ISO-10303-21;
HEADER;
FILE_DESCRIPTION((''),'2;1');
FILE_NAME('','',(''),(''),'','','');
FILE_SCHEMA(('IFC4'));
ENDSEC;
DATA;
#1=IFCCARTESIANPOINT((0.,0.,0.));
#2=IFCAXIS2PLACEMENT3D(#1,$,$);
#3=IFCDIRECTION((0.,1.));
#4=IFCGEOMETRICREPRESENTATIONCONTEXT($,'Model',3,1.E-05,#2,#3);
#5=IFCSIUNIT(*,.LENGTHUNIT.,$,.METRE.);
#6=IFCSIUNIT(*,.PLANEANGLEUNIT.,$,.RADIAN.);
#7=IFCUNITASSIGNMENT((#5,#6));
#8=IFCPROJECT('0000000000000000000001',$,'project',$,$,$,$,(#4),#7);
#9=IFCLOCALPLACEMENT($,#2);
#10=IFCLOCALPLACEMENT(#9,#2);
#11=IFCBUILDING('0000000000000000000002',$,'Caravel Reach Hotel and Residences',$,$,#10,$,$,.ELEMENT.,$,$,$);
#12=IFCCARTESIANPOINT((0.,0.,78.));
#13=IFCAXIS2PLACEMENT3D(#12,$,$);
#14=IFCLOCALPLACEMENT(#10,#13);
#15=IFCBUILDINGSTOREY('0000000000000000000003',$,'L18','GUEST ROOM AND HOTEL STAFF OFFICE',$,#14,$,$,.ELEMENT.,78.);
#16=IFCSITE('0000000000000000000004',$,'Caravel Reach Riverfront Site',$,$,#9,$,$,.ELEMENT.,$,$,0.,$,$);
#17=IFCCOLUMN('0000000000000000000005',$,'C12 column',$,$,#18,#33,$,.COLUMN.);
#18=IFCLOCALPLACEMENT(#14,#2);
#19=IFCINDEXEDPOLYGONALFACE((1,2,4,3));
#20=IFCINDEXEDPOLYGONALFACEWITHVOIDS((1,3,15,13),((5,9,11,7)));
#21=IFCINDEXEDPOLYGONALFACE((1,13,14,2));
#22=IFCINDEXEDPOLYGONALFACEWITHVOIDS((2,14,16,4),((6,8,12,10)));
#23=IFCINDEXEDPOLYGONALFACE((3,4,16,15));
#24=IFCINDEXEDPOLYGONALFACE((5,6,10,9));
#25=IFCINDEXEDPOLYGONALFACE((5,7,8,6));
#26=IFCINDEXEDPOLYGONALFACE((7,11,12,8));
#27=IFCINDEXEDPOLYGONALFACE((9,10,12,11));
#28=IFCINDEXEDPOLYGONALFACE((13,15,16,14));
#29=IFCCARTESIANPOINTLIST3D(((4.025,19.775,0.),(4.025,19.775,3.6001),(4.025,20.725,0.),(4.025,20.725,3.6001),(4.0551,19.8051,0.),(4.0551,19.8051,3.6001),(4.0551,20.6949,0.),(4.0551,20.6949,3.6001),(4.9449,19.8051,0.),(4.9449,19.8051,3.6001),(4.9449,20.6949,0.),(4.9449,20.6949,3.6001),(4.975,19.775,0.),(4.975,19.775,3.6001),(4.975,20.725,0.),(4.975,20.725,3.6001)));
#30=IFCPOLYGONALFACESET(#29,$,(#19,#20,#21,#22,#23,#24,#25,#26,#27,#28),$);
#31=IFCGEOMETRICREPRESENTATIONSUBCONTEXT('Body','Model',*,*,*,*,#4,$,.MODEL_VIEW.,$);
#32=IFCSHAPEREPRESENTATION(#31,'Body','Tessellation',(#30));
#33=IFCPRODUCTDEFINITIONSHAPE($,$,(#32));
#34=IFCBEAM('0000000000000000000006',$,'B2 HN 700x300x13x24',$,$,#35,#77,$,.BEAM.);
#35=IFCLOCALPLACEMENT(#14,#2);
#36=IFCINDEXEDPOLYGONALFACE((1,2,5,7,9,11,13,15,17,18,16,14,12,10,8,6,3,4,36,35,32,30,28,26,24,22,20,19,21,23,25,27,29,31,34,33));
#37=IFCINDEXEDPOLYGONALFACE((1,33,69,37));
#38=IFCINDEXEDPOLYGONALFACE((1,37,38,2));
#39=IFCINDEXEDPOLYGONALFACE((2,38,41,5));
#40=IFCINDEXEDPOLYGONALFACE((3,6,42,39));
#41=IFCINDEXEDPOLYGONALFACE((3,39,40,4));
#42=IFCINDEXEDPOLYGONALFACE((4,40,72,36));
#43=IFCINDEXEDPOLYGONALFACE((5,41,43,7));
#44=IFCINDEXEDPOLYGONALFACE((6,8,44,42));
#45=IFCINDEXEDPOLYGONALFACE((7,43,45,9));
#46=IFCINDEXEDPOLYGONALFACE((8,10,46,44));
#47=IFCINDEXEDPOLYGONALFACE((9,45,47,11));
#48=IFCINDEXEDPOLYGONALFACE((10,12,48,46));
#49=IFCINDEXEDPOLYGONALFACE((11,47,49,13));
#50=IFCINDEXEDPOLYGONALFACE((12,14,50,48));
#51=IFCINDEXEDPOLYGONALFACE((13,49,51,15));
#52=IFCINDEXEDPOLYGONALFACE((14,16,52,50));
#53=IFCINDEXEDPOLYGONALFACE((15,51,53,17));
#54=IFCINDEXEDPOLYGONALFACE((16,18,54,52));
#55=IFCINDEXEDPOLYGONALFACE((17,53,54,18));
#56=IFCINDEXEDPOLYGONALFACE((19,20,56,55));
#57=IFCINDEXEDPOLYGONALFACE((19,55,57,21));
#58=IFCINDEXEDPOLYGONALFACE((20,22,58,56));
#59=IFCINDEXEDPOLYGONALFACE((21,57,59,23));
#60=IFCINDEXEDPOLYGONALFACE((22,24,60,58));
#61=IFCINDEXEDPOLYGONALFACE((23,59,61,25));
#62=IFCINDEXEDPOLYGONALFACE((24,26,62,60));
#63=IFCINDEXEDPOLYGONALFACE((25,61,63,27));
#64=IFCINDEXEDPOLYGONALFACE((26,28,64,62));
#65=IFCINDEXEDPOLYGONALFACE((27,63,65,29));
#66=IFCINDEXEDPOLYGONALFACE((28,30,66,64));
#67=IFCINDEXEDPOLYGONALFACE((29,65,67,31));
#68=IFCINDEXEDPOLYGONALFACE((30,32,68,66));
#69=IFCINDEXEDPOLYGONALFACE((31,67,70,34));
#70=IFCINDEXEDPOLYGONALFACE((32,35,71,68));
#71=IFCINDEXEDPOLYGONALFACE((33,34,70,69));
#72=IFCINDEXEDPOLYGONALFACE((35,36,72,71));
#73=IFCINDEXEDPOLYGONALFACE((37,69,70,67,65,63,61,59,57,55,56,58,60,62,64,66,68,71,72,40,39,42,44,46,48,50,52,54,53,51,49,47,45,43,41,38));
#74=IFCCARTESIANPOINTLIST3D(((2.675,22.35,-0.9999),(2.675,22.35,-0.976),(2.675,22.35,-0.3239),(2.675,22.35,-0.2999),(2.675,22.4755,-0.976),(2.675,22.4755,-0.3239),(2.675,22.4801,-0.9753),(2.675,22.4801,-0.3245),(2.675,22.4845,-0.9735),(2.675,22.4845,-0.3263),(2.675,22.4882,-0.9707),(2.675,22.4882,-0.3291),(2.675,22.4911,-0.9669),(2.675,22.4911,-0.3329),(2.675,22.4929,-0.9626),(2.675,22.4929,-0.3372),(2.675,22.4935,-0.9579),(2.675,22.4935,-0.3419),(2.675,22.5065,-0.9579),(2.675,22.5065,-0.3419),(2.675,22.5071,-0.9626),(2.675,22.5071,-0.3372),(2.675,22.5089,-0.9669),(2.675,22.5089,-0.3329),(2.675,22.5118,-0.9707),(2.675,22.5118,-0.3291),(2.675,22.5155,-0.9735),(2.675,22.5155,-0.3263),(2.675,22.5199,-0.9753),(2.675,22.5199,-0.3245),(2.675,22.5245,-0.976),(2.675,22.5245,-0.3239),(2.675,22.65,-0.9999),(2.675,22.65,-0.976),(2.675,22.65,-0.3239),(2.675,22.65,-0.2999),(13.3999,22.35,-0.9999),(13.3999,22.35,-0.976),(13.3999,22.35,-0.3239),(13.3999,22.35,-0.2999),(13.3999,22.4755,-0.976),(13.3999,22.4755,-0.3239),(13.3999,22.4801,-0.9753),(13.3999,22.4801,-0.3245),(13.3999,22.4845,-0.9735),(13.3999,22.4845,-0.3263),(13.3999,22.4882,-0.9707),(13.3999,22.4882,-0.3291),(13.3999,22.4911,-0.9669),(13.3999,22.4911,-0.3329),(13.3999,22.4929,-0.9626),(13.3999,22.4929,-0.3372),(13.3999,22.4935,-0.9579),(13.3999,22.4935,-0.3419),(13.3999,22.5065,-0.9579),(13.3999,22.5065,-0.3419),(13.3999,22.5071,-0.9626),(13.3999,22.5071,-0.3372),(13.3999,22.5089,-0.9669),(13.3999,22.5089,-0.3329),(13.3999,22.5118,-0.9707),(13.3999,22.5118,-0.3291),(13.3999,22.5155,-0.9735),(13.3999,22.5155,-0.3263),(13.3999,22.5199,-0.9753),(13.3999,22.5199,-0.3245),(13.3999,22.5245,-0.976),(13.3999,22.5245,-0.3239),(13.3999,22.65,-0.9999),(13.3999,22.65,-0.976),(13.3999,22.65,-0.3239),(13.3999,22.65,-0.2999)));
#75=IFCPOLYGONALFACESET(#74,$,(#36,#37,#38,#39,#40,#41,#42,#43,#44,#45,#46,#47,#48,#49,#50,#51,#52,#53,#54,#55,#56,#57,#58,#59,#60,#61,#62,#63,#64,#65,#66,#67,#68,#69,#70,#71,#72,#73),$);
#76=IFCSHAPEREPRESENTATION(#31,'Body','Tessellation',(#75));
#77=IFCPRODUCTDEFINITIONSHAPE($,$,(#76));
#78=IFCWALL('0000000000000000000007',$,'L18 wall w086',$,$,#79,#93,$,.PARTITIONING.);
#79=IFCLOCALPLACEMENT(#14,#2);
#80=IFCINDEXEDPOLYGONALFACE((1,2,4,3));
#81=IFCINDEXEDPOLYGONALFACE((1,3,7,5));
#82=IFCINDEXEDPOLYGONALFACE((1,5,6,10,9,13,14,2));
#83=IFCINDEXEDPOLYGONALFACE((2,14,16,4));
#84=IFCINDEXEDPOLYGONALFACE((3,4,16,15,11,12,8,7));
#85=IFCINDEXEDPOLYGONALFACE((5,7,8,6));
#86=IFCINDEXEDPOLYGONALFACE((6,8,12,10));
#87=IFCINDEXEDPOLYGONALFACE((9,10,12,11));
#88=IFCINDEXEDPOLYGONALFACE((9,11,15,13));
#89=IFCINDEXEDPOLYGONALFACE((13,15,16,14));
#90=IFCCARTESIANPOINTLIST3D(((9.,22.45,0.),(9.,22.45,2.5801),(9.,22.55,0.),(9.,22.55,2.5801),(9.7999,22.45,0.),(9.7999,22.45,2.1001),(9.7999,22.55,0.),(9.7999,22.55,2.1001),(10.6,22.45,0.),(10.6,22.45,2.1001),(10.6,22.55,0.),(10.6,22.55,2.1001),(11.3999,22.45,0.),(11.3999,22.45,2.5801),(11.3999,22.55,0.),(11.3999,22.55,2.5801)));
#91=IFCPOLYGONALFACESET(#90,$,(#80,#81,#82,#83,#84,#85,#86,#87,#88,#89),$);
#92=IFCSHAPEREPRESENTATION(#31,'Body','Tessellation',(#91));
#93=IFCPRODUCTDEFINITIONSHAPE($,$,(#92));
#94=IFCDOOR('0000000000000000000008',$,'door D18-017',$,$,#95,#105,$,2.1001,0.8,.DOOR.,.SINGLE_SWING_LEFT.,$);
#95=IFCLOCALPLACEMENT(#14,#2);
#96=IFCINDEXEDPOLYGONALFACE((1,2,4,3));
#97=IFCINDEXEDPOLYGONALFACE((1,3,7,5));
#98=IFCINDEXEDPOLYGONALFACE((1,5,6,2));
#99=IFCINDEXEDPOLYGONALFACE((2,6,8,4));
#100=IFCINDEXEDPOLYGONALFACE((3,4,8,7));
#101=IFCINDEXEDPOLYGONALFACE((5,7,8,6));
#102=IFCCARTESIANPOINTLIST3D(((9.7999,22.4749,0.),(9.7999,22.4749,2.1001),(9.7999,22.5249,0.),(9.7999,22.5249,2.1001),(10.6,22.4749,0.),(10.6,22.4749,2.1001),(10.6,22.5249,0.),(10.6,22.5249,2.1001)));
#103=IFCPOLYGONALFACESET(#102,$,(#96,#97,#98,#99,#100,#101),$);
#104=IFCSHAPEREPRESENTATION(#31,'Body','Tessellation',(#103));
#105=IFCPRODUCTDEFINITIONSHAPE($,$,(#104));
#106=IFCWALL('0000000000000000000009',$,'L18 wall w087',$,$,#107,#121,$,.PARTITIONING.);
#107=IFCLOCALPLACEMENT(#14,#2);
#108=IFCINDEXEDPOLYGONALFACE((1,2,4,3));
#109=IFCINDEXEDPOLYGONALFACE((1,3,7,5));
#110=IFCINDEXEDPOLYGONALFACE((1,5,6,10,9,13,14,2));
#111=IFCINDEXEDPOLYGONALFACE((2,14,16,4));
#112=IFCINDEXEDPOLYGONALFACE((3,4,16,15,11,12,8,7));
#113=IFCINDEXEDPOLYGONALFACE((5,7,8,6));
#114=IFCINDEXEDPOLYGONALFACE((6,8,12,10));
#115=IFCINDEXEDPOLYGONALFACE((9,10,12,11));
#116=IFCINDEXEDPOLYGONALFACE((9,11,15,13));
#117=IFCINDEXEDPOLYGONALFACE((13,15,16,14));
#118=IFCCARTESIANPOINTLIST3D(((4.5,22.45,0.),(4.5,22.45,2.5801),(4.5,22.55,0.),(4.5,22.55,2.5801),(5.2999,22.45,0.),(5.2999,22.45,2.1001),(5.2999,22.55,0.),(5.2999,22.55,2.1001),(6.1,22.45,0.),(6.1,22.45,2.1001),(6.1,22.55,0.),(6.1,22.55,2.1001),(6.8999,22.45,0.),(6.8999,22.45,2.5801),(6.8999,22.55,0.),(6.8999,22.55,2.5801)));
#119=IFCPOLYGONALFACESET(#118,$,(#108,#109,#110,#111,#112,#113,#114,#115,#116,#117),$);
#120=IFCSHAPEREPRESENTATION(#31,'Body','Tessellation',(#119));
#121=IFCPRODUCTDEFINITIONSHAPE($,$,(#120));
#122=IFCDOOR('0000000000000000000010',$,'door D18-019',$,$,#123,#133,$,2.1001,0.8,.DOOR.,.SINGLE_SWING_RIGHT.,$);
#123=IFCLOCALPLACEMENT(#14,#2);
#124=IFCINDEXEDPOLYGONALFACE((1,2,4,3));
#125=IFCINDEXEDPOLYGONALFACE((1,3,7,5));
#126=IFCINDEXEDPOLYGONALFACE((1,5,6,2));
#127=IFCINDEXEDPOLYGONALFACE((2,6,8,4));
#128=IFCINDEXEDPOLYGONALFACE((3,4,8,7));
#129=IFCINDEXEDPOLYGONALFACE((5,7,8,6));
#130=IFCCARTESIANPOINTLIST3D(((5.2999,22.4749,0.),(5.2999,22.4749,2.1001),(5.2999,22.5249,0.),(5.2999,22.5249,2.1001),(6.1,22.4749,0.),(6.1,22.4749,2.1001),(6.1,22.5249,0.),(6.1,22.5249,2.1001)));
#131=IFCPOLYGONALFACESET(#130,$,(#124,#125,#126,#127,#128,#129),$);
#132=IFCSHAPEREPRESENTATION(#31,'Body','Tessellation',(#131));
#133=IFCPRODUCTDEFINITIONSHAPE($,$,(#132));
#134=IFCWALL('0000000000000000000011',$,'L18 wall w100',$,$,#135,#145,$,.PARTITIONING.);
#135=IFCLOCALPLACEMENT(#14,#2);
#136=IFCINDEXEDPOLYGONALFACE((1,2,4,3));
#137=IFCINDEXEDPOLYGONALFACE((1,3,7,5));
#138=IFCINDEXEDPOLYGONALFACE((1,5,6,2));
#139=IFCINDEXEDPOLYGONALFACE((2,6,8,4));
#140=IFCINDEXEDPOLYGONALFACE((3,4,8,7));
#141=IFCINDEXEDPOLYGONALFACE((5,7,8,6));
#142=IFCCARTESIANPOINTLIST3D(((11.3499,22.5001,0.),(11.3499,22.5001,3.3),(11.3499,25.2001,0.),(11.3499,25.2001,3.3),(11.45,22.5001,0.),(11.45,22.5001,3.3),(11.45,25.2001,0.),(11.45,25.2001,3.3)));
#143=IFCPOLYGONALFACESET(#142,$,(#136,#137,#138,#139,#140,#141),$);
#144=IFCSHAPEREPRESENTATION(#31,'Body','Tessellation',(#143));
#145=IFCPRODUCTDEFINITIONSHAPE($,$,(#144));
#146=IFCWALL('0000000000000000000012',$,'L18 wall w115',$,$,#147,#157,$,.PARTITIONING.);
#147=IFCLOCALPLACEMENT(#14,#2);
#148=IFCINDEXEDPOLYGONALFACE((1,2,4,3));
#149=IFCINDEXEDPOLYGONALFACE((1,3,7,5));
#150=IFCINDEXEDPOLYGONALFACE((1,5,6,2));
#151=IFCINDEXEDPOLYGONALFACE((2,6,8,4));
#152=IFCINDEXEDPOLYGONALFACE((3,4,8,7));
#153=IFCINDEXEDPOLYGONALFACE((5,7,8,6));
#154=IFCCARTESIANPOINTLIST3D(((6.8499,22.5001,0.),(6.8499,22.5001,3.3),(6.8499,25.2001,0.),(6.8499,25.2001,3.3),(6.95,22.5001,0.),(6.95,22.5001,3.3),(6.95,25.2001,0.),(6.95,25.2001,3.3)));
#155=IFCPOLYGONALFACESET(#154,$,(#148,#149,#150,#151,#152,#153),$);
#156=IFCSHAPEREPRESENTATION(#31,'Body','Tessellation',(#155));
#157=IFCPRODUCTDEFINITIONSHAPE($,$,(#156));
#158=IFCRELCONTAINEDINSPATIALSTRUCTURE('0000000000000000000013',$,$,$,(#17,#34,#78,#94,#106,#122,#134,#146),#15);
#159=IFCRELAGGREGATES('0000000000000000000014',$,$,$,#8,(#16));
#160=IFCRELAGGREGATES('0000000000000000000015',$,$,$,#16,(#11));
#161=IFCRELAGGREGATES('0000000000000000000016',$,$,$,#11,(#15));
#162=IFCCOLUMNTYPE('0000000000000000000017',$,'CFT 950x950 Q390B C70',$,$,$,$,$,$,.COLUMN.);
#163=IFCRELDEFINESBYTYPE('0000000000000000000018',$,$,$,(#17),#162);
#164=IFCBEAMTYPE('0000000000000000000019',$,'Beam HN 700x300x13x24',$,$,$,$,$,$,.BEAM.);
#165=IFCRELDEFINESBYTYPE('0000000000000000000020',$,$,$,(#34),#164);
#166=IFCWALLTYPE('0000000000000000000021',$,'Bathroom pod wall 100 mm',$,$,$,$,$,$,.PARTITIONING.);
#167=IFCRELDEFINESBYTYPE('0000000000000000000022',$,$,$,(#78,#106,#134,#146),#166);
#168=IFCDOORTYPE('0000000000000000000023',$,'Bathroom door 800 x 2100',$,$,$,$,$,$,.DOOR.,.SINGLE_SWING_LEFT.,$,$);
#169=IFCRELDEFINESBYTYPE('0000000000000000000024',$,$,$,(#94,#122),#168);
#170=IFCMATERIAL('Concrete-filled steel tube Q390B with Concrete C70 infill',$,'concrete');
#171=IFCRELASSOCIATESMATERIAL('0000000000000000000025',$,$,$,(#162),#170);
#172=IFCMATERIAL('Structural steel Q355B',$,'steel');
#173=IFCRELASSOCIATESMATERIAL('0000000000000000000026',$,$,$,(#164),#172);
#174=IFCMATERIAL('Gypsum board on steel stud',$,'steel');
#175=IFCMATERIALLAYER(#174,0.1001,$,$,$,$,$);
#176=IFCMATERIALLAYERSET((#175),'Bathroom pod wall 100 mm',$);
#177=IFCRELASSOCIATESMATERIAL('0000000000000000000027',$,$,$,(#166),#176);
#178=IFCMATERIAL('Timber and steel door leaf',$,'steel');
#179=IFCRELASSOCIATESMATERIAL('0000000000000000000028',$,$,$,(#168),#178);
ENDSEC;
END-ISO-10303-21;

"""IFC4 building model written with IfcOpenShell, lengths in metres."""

from ifc_helpers import new_model, si_unit, direction, frame, frame_2d, origin, origin_2d, place, context, subcontext, project, spatial, rectangle, hollow_rectangle, i_section, extrude, material, layer, layer_set, material_profile, profile_set, type_object, element, fill, save


model = new_model("IFC4")

# Units and contexts
model_context = context("Model", 3, precision=1e-05, world=origin(), true_north=direction((0.0, 1.0)))
body_context = subcontext(model_context, "Body", "Model", "MODEL_VIEW")
ifc_project = project(units=[si_unit("LENGTHUNIT", "METRE"), si_unit("PLANEANGLEUNIT", "RADIAN")], contexts=[model_context])

# Site, building, storey
site_placement = place(None, origin())
site = spatial("IfcSite", under=ifc_project, at=site_placement, Name="Caravel Reach Riverfront Site", CompositionType="ELEMENT", RefElevation=0.0)
building_placement = place(site_placement, origin())
building = spatial("IfcBuilding", under=site, at=building_placement, Name="Caravel Reach Hotel and Residences", CompositionType="ELEMENT")
storey_placement = place(building_placement, frame((0.0, 0.0, 78.0)))
storey = spatial("IfcBuildingStorey", under=building, at=storey_placement, Name="L18", Description="GUEST ROOM AND HOTEL STAFF OFFICE", CompositionType="ELEMENT", Elevation=78.0)

# Column
ifc_material_1 = material(Name="Concrete-filled steel tube Q390B with Concrete C70 infill", Category="concrete")
ifc_material_profile_1 = material_profile(ifc_material_1, hollow_rectangle(XDim=0.95, YDim=0.95, WallThickness=0.03, at=origin_2d()), Name="RHS 950x950x30")
ifc_profile_set_1 = profile_set([ifc_material_profile_1], Name="Concrete-filled steel tube Q390B with Concrete C70 infill")
column_type = type_object("IfcColumnType", Name="CFT 950x950 Q390B C70", PredefinedType="COLUMN", material=ifc_profile_set_1)
column_placement = place(storey_placement, frame((4.5, 20.25, 0.0), z_axis=(0.0, 0.0, 1.0), x_axis=(1.0, 0.0, 0.0)))
element("IfcColumn", 1, at=column_placement, inside=storey, type_object=column_type, Name="C12 column", PredefinedType="COLUMN", context=body_context, shape_type="SweptSolid", body=[
    extrude(hollow_rectangle(XDim=0.95, YDim=0.95, WallThickness=0.03, at=origin_2d()), origin(), (0.0, 0.0, 1.0), 3.6001),
])

# Beam
ifc_material_2 = material(Name="Structural steel Q355B", Category="steel")
ifc_material_profile_2 = material_profile(ifc_material_2, i_section(OverallWidth=0.3, OverallDepth=0.7, WebThickness=0.0129, FlangeThickness=0.0239, FilletRadius=0.0181, at=origin_2d()), Name="HN 700x300x13x24")
ifc_profile_set_2 = profile_set([ifc_material_profile_2], Name="Structural steel Q355B")
beam_type = type_object("IfcBeamType", Name="Beam HN 700x300x13x24", PredefinedType="BEAM", material=ifc_profile_set_2)
beam_placement = place(storey_placement, frame((13.3999, 22.5, -0.6499), z_axis=(-1.0, 0.0, 0.0), x_axis=(0.0, -1.0, 0.0)))
element("IfcBeam", 2, at=beam_placement, inside=storey, type_object=beam_type, Name="B2 HN 700x300x13x24", PredefinedType="BEAM", context=body_context, shape_type="SweptSolid", body=[
    extrude(i_section(OverallWidth=0.3, OverallDepth=0.7, WebThickness=0.0129, FlangeThickness=0.0239, FilletRadius=0.0181, at=origin_2d()), origin(), (0.0, 0.0, 1.0), 10.7249),
])

# Walls, openings, doors
ifc_material_3 = material(Name="Gypsum board on steel stud", Category="steel")
ifc_layer_1 = layer(ifc_material_3, 0.1001)
ifc_layer_set_1 = layer_set([ifc_layer_1], Name="Bathroom pod wall 100 mm")
wall_type_1 = type_object("IfcWallType", Name="Bathroom pod wall 100 mm", PredefinedType="PARTITIONING", material=ifc_layer_set_1)
wall_1_placement = place(storey_placement, frame((9.0, 22.5, 0.0), z_axis=(0.0, 0.0, 1.0), x_axis=(1.0, 0.0, 0.0)))
wall_1 = element("IfcWall", 3, at=wall_1_placement, inside=storey, type_object=wall_type_1, Name="L18 wall w086", PredefinedType="PARTITIONING", context=body_context, shape_type="SweptSolid", body=[
    extrude(rectangle(XDim=2.3999, YDim=0.1001, at=frame_2d((1.2, 0.0))), origin(), (0.0, 0.0, 1.0), 2.5801),
])
opening_1_placement = place(wall_1_placement, frame((0.8, 0.0, 0.0)))
opening_1 = element("IfcOpeningElement", 4, at=opening_1_placement, cuts=wall_1, PredefinedType="OPENING", context=body_context, shape_type="SweptSolid", body=[
    extrude(rectangle(XDim=0.8, YDim=2.1001, at=frame_2d((0.3999, 1.05))), frame((0.0, 0.0601, 0.0), z_axis=(0.0, -1.0, 0.0), x_axis=(1.0, 0.0, 0.0)), (0.0, 0.0, 1.0), 0.1201),
])
ifc_material_4 = material(Name="Timber and steel door leaf", Category="steel")
door_type_1 = type_object("IfcDoorType", Name="Bathroom door 800 x 2100", OperationType="SINGLE_SWING_LEFT", PredefinedType="DOOR", material=ifc_material_4)
door_1_placement = place(opening_1_placement, origin())
door_1 = element("IfcDoor", 5, at=door_1_placement, inside=storey, type_object=door_type_1, Name="door D18-017", OperationType="SINGLE_SWING_LEFT", OverallHeight=2.1001, OverallWidth=0.8, PredefinedType="DOOR", context=body_context, shape_type="SweptSolid", body=[
    extrude(rectangle(XDim=0.8, YDim=2.1001, at=frame_2d((0.3999, 1.05))), frame((0.0, 0.0249, 0.0), z_axis=(0.0, -1.0, 0.0), x_axis=(1.0, 0.0, 0.0)), (0.0, 0.0, 1.0), 0.05),
])
fill(opening_1, door_1)
wall_2_placement = place(storey_placement, frame((4.5, 22.5, 0.0), z_axis=(0.0, 0.0, 1.0), x_axis=(1.0, 0.0, 0.0)))
wall_2 = element("IfcWall", 6, at=wall_2_placement, inside=storey, type_object=wall_type_1, Name="L18 wall w087", PredefinedType="PARTITIONING", context=body_context, shape_type="SweptSolid", body=[
    extrude(rectangle(XDim=2.3999, YDim=0.1001, at=frame_2d((1.2, 0.0))), origin(), (0.0, 0.0, 1.0), 2.5801),
])
opening_2_placement = place(wall_2_placement, frame((0.8, 0.0, 0.0)))
opening_2 = element("IfcOpeningElement", 7, at=opening_2_placement, cuts=wall_2, PredefinedType="OPENING", context=body_context, shape_type="SweptSolid", body=[
    extrude(rectangle(XDim=0.8, YDim=2.1001, at=frame_2d((0.3999, 1.05))), frame((0.0, 0.0601, 0.0), z_axis=(0.0, -1.0, 0.0), x_axis=(1.0, 0.0, 0.0)), (0.0, 0.0, 1.0), 0.1201),
])
door_2_placement = place(opening_2_placement, origin())
door_2 = element("IfcDoor", 8, at=door_2_placement, inside=storey, type_object=door_type_1, Name="door D18-019", OperationType="SINGLE_SWING_RIGHT", OverallHeight=2.1001, OverallWidth=0.8, PredefinedType="DOOR", context=body_context, shape_type="SweptSolid", body=[
    extrude(rectangle(XDim=0.8, YDim=2.1001, at=frame_2d((0.3999, 1.05))), frame((0.0, 0.0249, 0.0), z_axis=(0.0, -1.0, 0.0), x_axis=(1.0, 0.0, 0.0)), (0.0, 0.0, 1.0), 0.05),
])
fill(opening_2, door_2)

# Walls
for number, where, z_axis, x_axis, name in (
    (9, (11.3999, 22.5, 0.0), (0.0, 0.0, 1.0), (0.0, 1.0, 0.0), "L18 wall w100"),
    (10, (6.8999, 22.5, 0.0), (0.0, 0.0, 1.0), (0.0, 1.0, 0.0), "L18 wall w115"),
):
    element("IfcWall", number, at=place(storey_placement, frame(where, z_axis=z_axis, x_axis=x_axis)), inside=storey, type_object=wall_type_1, Name=name, PredefinedType="PARTITIONING", context=body_context, shape_type="SweptSolid", body=[
        extrude(rectangle(XDim=2.7, YDim=0.1001, at=frame_2d((1.3501, 0.0))), origin(), (0.0, 0.0, 1.0), 3.3),
    ])

save(model, "model.ifc")
